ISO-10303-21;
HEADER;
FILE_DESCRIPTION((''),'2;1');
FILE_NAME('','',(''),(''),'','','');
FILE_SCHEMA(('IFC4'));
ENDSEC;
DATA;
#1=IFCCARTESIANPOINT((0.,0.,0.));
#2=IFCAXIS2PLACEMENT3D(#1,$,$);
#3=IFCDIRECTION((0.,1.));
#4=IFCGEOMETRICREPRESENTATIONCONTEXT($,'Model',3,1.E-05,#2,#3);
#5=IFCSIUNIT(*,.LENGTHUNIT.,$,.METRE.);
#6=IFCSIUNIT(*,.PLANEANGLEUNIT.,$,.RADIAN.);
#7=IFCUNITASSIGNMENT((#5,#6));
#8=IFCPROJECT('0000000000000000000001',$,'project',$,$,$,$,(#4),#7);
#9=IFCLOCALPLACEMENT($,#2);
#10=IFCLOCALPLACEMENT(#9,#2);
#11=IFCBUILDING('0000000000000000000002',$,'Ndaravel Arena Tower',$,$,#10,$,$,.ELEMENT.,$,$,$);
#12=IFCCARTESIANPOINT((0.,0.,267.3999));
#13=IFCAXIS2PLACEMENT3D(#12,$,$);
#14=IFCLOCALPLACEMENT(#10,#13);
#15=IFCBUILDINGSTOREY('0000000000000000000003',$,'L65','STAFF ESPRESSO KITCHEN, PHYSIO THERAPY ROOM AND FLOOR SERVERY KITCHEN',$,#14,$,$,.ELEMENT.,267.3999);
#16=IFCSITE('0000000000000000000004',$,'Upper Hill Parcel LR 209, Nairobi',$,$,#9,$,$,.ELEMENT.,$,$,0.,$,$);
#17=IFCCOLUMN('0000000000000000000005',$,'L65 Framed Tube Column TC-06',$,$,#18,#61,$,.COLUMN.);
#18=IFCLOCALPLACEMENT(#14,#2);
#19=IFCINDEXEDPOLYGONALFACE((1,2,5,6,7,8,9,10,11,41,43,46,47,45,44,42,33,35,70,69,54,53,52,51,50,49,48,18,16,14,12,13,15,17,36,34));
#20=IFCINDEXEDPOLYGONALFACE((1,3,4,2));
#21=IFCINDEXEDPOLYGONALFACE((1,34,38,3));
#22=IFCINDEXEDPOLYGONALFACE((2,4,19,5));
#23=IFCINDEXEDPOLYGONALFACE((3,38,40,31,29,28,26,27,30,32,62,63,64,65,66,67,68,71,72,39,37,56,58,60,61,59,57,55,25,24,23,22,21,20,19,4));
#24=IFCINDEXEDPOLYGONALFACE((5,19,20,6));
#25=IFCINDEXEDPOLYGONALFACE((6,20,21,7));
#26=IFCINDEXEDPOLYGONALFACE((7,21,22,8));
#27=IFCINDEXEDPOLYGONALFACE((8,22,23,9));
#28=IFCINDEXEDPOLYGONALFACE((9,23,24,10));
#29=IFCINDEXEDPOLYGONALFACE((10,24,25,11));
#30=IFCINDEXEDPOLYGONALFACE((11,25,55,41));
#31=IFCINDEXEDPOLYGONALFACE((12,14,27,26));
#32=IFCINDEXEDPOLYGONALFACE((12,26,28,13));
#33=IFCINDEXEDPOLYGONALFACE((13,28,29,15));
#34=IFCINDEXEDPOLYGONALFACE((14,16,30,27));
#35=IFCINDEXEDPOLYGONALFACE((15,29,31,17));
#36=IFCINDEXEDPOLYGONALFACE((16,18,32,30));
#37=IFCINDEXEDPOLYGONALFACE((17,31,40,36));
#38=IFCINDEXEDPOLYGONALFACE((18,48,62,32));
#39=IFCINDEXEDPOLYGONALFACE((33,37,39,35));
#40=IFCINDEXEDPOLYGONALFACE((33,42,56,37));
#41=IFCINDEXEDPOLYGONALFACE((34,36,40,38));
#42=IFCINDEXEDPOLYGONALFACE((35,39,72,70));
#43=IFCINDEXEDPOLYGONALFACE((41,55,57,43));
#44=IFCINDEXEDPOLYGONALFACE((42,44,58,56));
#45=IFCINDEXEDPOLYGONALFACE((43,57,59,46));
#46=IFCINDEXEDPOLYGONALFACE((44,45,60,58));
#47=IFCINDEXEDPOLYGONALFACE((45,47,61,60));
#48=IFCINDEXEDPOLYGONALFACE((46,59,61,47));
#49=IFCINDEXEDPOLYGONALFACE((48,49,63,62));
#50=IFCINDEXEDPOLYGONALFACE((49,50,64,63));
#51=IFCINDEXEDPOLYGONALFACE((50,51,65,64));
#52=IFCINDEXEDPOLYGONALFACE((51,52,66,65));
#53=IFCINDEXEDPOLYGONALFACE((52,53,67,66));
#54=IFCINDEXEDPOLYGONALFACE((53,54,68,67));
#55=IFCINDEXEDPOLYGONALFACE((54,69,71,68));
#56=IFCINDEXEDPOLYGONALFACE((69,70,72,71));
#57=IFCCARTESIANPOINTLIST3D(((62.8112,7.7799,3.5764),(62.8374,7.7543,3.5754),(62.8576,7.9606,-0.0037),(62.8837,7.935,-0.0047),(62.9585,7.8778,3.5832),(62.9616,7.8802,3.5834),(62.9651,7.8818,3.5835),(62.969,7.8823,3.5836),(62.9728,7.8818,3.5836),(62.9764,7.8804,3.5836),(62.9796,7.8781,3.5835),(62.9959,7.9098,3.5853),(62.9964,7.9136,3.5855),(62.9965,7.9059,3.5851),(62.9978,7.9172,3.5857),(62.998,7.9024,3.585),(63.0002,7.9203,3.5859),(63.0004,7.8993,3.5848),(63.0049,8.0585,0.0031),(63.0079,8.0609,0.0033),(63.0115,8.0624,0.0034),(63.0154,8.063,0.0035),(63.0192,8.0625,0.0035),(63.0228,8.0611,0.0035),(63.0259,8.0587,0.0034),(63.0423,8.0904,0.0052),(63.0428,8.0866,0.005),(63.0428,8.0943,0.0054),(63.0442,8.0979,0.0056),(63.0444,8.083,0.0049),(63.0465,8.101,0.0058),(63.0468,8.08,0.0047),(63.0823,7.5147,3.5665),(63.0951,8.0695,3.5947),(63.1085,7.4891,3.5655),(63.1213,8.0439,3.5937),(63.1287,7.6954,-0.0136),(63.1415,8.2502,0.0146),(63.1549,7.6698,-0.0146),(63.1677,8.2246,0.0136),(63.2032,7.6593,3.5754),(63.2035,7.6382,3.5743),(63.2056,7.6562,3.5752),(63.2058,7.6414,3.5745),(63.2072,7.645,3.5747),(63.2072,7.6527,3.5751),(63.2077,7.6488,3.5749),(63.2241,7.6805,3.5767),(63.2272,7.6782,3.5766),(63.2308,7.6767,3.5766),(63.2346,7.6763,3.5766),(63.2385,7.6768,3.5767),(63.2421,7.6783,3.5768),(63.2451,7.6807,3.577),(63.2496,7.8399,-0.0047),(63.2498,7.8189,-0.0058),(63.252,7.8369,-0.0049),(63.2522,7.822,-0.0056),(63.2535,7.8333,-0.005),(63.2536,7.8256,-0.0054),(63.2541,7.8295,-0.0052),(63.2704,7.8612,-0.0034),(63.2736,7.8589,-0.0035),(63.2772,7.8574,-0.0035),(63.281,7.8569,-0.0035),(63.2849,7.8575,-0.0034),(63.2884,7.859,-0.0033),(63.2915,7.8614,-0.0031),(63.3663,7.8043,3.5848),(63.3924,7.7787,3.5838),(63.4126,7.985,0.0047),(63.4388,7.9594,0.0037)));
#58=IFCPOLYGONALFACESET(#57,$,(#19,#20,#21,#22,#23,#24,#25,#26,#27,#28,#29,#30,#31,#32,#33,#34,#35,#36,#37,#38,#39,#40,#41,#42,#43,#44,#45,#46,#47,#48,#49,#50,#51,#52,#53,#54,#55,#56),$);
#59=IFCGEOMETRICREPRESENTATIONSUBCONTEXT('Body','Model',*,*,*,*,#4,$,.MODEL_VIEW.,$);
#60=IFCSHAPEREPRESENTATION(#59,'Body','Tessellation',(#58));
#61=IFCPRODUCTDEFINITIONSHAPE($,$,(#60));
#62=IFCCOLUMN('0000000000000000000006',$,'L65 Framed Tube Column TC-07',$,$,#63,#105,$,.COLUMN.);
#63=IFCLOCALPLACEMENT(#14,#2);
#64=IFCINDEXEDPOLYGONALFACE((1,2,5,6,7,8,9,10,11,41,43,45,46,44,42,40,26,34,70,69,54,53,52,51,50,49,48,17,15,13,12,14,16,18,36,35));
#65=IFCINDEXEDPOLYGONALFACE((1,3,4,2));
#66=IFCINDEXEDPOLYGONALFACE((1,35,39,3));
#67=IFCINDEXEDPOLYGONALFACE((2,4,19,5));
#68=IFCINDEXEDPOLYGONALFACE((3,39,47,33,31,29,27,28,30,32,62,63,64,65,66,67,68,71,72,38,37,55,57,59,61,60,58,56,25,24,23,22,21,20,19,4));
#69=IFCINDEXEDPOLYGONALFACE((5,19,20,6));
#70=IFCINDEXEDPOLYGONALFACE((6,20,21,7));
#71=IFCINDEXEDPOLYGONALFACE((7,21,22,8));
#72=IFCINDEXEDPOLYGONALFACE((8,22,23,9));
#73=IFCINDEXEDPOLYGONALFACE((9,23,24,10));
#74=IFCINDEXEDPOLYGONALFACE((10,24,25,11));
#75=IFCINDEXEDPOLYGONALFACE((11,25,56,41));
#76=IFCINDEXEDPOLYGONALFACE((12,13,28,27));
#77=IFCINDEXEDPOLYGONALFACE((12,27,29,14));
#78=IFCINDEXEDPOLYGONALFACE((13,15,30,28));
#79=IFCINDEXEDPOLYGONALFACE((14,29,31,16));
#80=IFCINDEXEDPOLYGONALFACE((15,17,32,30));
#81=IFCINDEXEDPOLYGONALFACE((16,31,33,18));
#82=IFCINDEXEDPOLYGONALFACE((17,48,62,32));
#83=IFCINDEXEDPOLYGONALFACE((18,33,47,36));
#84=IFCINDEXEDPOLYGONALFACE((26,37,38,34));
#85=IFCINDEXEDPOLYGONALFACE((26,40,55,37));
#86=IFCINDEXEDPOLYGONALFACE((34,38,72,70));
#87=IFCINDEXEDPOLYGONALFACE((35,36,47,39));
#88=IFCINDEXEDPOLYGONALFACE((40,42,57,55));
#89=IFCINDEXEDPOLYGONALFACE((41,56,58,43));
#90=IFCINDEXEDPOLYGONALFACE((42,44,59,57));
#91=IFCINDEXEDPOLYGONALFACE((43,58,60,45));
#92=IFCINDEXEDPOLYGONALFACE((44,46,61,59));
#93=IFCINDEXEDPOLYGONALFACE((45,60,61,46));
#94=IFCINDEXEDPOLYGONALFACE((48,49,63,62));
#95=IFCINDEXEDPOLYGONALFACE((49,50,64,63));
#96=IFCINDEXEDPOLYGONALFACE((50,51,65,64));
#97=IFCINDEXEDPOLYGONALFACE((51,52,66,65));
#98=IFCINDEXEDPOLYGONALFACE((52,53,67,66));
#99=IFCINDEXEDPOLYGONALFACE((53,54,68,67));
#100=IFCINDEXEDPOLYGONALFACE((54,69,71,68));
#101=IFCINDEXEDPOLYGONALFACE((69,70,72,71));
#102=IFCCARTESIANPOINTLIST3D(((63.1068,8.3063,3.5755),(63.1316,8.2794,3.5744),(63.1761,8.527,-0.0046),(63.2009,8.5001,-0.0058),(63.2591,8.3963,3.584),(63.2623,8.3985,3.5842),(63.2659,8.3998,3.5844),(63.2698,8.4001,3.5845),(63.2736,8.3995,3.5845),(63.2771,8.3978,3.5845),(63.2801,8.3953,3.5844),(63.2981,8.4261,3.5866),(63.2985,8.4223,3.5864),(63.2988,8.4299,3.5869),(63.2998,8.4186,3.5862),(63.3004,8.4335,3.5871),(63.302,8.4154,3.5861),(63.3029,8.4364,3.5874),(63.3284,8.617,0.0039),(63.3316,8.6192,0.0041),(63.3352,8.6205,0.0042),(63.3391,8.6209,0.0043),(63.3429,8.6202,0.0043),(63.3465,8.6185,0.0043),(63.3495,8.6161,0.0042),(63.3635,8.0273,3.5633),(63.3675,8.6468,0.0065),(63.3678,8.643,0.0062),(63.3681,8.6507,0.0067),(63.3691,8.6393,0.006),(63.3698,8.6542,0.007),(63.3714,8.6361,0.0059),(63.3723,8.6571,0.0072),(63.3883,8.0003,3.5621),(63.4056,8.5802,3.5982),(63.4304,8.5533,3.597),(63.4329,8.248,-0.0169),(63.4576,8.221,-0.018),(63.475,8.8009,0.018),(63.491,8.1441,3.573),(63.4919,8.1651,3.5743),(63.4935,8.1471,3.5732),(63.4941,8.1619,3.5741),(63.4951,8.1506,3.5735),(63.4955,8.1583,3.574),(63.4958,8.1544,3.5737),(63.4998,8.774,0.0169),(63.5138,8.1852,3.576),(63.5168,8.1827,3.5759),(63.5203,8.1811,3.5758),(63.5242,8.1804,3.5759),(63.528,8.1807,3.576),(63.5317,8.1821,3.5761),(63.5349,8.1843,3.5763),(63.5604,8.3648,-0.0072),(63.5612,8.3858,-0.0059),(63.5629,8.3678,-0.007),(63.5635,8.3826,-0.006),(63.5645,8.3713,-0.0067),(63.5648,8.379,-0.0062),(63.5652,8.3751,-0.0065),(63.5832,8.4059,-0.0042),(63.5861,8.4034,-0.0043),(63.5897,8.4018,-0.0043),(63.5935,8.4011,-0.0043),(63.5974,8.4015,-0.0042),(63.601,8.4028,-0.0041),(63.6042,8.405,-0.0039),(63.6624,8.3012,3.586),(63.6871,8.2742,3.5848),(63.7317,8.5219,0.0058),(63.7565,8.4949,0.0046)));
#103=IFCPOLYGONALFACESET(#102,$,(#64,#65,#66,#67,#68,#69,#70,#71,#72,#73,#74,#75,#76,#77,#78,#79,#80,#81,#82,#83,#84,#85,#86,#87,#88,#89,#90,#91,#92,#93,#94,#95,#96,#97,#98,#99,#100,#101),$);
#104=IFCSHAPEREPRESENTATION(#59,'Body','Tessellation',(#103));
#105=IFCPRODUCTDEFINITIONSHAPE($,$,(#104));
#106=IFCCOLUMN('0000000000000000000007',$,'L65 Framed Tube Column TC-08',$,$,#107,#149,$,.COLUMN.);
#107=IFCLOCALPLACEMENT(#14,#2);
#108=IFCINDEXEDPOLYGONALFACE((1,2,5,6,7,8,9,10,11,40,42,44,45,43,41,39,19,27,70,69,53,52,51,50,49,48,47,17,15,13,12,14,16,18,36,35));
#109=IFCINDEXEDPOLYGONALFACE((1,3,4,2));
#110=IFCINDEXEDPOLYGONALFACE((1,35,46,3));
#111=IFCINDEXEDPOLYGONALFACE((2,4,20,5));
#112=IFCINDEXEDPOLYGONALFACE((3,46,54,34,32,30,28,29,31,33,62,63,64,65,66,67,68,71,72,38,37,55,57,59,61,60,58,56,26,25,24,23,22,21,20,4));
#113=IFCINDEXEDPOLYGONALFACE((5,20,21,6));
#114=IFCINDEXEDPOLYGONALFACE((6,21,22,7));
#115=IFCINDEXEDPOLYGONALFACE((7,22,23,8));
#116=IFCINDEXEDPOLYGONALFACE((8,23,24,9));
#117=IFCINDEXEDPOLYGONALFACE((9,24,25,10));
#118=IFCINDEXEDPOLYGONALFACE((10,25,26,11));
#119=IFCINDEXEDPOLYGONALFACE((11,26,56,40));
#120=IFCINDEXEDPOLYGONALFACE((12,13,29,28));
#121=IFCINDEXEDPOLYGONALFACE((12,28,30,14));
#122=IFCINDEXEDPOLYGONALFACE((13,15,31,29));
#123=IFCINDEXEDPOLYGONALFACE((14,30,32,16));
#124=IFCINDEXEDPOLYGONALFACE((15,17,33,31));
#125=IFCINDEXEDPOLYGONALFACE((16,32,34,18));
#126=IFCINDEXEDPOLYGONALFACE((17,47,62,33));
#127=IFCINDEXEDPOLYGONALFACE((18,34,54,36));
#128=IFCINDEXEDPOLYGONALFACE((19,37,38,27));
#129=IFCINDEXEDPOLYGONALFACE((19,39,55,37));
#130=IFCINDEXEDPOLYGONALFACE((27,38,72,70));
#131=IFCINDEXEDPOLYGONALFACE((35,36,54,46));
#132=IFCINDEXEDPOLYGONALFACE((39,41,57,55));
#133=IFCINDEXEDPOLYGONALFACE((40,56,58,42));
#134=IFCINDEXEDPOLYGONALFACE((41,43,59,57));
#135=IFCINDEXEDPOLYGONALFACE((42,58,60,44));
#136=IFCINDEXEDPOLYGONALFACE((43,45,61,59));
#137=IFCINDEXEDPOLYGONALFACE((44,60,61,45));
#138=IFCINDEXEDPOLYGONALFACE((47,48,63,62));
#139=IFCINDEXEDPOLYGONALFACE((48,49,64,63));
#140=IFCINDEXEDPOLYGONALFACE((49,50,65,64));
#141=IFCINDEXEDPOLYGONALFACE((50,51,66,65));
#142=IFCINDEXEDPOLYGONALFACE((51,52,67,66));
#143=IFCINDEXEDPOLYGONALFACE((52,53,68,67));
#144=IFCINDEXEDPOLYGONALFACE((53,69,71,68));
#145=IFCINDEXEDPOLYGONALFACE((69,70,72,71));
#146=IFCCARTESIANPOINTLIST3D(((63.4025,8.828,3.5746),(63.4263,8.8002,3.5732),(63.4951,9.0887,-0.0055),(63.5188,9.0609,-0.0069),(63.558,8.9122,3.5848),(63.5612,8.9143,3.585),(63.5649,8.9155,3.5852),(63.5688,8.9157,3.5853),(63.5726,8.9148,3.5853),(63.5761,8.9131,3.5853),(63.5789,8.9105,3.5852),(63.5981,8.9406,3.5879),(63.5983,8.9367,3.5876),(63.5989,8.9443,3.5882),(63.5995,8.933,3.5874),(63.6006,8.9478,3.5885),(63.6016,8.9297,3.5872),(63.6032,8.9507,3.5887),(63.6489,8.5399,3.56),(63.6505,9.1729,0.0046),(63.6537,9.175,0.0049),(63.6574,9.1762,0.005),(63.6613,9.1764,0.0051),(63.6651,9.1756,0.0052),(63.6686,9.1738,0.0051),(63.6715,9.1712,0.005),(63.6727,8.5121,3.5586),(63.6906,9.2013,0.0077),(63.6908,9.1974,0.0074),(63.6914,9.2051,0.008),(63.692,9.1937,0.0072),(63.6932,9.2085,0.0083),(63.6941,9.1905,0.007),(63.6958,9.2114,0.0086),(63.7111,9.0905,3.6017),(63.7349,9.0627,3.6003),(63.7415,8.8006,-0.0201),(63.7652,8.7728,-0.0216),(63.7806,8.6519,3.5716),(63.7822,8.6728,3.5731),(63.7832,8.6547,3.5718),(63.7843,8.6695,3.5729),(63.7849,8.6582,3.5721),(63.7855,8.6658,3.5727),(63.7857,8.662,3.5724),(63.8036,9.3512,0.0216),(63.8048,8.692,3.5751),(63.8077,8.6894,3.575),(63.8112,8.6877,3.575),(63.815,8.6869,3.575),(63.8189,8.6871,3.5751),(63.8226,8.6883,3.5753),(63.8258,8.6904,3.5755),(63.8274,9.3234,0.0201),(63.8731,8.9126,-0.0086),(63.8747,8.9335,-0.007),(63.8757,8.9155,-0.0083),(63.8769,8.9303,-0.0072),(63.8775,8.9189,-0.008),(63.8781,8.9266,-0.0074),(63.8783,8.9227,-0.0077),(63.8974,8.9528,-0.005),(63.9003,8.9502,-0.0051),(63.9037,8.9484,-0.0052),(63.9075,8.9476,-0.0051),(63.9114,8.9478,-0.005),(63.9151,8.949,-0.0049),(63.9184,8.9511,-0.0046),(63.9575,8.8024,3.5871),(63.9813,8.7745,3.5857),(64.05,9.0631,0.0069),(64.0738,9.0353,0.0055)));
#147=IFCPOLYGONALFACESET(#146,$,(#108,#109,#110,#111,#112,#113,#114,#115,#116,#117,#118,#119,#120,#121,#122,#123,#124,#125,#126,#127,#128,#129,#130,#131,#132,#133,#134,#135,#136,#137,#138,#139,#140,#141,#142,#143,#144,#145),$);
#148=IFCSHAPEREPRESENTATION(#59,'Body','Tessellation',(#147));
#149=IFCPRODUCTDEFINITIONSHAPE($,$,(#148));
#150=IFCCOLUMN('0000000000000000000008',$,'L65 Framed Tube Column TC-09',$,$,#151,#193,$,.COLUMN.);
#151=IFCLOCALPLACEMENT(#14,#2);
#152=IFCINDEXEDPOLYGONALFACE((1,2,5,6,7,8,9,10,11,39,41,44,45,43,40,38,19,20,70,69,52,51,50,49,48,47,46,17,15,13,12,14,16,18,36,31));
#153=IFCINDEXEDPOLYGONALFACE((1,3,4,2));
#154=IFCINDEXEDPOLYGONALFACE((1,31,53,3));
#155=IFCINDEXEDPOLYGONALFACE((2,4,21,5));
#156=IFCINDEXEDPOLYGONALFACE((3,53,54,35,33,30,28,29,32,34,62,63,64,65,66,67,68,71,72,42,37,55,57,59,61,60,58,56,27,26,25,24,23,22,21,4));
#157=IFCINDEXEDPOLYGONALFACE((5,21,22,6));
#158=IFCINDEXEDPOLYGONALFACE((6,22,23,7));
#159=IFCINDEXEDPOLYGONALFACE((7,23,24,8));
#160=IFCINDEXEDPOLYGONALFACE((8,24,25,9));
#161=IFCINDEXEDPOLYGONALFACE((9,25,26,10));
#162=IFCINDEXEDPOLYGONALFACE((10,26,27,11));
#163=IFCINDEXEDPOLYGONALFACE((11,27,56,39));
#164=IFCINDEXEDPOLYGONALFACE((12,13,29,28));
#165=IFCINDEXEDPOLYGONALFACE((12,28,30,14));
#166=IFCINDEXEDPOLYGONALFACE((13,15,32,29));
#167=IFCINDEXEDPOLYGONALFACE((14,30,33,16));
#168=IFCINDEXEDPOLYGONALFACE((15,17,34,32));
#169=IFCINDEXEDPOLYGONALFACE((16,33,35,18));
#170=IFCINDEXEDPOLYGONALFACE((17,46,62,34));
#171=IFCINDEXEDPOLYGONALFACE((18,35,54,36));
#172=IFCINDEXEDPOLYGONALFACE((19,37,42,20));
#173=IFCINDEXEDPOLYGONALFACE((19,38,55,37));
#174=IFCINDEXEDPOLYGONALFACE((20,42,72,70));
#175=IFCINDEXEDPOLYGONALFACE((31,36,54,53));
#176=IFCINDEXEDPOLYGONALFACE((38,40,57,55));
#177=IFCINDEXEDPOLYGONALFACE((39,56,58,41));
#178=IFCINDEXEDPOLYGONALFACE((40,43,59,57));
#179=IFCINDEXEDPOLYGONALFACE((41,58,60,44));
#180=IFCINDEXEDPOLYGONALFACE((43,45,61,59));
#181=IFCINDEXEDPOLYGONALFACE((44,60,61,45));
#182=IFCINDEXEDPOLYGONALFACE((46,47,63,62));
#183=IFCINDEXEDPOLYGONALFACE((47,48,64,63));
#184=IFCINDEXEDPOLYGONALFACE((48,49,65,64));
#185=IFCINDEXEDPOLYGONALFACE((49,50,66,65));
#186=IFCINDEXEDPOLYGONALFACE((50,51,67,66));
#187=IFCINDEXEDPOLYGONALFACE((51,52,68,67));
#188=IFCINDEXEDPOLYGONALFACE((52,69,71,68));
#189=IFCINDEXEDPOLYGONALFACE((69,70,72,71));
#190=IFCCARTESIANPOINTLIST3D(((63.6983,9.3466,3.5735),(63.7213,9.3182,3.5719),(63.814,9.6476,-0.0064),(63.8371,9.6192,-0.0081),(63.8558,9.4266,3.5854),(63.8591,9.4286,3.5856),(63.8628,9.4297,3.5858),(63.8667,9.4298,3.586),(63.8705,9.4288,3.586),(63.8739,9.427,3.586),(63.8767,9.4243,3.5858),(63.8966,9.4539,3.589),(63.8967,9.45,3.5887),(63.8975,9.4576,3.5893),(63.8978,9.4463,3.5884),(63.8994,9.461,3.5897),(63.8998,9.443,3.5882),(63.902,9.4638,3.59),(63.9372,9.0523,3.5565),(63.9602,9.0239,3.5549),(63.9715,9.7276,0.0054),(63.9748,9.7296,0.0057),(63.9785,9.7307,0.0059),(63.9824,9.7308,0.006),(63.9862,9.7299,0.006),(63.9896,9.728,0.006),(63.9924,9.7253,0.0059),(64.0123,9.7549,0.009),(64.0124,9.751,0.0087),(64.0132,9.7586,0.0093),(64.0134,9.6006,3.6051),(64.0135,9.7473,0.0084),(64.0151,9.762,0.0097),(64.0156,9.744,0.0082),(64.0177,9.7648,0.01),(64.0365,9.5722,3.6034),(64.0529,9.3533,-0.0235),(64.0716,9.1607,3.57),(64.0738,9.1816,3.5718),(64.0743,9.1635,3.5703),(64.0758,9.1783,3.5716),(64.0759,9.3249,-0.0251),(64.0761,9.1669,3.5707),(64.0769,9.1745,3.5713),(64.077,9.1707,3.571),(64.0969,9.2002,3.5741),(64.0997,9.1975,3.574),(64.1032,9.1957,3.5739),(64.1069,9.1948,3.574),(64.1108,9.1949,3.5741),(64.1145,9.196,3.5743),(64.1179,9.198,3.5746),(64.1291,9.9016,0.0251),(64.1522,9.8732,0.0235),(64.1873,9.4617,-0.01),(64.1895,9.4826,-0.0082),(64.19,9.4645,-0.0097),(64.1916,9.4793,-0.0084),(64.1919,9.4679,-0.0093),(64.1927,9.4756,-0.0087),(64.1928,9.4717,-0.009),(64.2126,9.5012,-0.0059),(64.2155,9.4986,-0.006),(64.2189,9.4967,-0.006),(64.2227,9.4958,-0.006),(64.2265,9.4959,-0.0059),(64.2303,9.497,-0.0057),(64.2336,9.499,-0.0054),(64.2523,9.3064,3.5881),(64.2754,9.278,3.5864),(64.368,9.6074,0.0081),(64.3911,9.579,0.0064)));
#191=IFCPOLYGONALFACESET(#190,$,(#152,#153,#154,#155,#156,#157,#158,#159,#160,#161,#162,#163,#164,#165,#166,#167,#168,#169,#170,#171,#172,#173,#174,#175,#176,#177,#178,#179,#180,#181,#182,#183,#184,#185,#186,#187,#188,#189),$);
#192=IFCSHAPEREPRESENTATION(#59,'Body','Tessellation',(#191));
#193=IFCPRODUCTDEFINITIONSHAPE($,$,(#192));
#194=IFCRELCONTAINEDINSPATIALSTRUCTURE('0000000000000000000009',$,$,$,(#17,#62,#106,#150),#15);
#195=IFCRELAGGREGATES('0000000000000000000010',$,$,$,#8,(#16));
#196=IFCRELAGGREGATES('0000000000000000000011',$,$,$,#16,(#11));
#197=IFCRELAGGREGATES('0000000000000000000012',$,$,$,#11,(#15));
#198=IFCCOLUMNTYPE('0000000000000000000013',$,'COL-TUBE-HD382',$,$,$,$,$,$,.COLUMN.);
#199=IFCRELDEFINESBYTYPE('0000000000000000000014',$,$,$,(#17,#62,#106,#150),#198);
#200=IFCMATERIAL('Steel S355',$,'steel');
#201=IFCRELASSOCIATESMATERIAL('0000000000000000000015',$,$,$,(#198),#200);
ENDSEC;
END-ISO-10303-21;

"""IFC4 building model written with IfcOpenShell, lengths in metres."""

from ifc_helpers import new_model, si_unit, direction, frame, origin, origin_2d, place, context, subcontext, project, spatial, i_section, extrude, material, material_profile, profile_set, type_object, element, save


model = new_model("IFC4")

# Units and contexts
model_context = context("Model", 3, precision=1e-05, world=origin(), true_north=direction((0.0, 1.0)))
body_context = subcontext(model_context, "Body", "Model", "MODEL_VIEW")
ifc_project = project(units=[si_unit("LENGTHUNIT", "METRE"), si_unit("PLANEANGLEUNIT", "RADIAN")], contexts=[model_context])

# Site, building, storey
site_placement = place(None, origin())
site = spatial("IfcSite", under=ifc_project, at=site_placement, Name="Upper Hill Parcel LR 209, Nairobi", CompositionType="ELEMENT", RefElevation=0.0)
building_placement = place(site_placement, origin())
building = spatial("IfcBuilding", under=site, at=building_placement, Name="Ndaravel Arena Tower", CompositionType="ELEMENT")
storey_placement = place(building_placement, frame((0.0, 0.0, 267.3999)))
storey = spatial("IfcBuildingStorey", under=building, at=storey_placement, Name="L65", Description="STAFF ESPRESSO KITCHEN, PHYSIO THERAPY ROOM AND FLOOR SERVERY KITCHEN", CompositionType="ELEMENT", Elevation=267.3999)

# Columns
ifc_material_1 = material(Name="Steel S355", Category="steel")
ifc_material_profile_1 = material_profile(ifc_material_1, i_section(OverallWidth=0.406, OverallDepth=0.416, WebThickness=0.0298, FlangeThickness=0.0366, FilletRadius=0.0149, at=origin_2d()), Name="HD 400x382")
ifc_profile_set_1 = profile_set([ifc_material_profile_1], Name="Steel S355")
column_type = type_object("IfcColumnType", Name="COL-TUBE-HD382", PredefinedType="COLUMN", material=ifc_profile_set_1)
column_1_placement = place(storey_placement, frame((63.1482, 7.96, 0.0), z_axis=(-0.012939, -0.050395, 0.998646), x_axis=(0.699372, 0.713336, 0.045059)))
element("IfcColumn", 1, at=column_1_placement, inside=storey, type_object=column_type, Name="L65 Framed Tube Column TC-06", PredefinedType="COLUMN", context=body_context, shape_type="SweptSolid", body=[
    extrude(i_section(OverallWidth=0.406, OverallDepth=0.416, WebThickness=0.0298, FlangeThickness=0.0366, FilletRadius=0.0149, at=origin_2d()), origin(), (0.0, 0.0, 1.0), 3.585),
])
column_2_placement = place(storey_placement, frame((63.4663, 8.511, 0.0), z_axis=(-0.019327, -0.061519, 0.997919), x_axis=(0.736036, 0.674635, 0.055845)))
element("IfcColumn", 2, at=column_2_placement, inside=storey, type_object=column_type, Name="L65 Framed Tube Column TC-07", PredefinedType="COLUMN", context=body_context, shape_type="SweptSolid", body=[
    extrude(i_section(OverallWidth=0.406, OverallDepth=0.416, WebThickness=0.0298, FlangeThickness=0.0366, FilletRadius=0.0149, at=origin_2d()), origin(), (0.0, 0.0, 1.0), 3.5876),
])
column_3_placement = place(storey_placement, frame((63.7844, 9.062, 0.0), z_axis=(-0.025769, -0.072615, 0.997027), x_axis=(0.759978, 0.646515, 0.066729)))
element("IfcColumn", 3, at=column_3_placement, inside=storey, type_object=column_type, Name="L65 Framed Tube Column TC-08", PredefinedType="COLUMN", context=body_context, shape_type="SweptSolid", body=[
    extrude(i_section(OverallWidth=0.406, OverallDepth=0.416, WebThickness=0.0298, FlangeThickness=0.0366, FilletRadius=0.0149, at=origin_2d()), origin(), (0.0, 0.0, 1.0), 3.5908),
])
column_4_placement = place(storey_placement, frame((64.1025, 9.6133, 0.0), z_axis=(-0.032194, -0.083744, 0.995967), x_axis=(0.776202, 0.625678, 0.077699)))
element("IfcColumn", 4, at=column_4_placement, inside=storey, type_object=column_type, Name="L65 Framed Tube Column TC-09", PredefinedType="COLUMN", context=body_context, shape_type="SweptSolid", body=[
    extrude(i_section(OverallWidth=0.406, OverallDepth=0.416, WebThickness=0.0298, FlangeThickness=0.0366, FilletRadius=0.0149, at=origin_2d()), origin(), (0.0, 0.0, 1.0), 3.5945),
])

save(model, "model.ifc")
